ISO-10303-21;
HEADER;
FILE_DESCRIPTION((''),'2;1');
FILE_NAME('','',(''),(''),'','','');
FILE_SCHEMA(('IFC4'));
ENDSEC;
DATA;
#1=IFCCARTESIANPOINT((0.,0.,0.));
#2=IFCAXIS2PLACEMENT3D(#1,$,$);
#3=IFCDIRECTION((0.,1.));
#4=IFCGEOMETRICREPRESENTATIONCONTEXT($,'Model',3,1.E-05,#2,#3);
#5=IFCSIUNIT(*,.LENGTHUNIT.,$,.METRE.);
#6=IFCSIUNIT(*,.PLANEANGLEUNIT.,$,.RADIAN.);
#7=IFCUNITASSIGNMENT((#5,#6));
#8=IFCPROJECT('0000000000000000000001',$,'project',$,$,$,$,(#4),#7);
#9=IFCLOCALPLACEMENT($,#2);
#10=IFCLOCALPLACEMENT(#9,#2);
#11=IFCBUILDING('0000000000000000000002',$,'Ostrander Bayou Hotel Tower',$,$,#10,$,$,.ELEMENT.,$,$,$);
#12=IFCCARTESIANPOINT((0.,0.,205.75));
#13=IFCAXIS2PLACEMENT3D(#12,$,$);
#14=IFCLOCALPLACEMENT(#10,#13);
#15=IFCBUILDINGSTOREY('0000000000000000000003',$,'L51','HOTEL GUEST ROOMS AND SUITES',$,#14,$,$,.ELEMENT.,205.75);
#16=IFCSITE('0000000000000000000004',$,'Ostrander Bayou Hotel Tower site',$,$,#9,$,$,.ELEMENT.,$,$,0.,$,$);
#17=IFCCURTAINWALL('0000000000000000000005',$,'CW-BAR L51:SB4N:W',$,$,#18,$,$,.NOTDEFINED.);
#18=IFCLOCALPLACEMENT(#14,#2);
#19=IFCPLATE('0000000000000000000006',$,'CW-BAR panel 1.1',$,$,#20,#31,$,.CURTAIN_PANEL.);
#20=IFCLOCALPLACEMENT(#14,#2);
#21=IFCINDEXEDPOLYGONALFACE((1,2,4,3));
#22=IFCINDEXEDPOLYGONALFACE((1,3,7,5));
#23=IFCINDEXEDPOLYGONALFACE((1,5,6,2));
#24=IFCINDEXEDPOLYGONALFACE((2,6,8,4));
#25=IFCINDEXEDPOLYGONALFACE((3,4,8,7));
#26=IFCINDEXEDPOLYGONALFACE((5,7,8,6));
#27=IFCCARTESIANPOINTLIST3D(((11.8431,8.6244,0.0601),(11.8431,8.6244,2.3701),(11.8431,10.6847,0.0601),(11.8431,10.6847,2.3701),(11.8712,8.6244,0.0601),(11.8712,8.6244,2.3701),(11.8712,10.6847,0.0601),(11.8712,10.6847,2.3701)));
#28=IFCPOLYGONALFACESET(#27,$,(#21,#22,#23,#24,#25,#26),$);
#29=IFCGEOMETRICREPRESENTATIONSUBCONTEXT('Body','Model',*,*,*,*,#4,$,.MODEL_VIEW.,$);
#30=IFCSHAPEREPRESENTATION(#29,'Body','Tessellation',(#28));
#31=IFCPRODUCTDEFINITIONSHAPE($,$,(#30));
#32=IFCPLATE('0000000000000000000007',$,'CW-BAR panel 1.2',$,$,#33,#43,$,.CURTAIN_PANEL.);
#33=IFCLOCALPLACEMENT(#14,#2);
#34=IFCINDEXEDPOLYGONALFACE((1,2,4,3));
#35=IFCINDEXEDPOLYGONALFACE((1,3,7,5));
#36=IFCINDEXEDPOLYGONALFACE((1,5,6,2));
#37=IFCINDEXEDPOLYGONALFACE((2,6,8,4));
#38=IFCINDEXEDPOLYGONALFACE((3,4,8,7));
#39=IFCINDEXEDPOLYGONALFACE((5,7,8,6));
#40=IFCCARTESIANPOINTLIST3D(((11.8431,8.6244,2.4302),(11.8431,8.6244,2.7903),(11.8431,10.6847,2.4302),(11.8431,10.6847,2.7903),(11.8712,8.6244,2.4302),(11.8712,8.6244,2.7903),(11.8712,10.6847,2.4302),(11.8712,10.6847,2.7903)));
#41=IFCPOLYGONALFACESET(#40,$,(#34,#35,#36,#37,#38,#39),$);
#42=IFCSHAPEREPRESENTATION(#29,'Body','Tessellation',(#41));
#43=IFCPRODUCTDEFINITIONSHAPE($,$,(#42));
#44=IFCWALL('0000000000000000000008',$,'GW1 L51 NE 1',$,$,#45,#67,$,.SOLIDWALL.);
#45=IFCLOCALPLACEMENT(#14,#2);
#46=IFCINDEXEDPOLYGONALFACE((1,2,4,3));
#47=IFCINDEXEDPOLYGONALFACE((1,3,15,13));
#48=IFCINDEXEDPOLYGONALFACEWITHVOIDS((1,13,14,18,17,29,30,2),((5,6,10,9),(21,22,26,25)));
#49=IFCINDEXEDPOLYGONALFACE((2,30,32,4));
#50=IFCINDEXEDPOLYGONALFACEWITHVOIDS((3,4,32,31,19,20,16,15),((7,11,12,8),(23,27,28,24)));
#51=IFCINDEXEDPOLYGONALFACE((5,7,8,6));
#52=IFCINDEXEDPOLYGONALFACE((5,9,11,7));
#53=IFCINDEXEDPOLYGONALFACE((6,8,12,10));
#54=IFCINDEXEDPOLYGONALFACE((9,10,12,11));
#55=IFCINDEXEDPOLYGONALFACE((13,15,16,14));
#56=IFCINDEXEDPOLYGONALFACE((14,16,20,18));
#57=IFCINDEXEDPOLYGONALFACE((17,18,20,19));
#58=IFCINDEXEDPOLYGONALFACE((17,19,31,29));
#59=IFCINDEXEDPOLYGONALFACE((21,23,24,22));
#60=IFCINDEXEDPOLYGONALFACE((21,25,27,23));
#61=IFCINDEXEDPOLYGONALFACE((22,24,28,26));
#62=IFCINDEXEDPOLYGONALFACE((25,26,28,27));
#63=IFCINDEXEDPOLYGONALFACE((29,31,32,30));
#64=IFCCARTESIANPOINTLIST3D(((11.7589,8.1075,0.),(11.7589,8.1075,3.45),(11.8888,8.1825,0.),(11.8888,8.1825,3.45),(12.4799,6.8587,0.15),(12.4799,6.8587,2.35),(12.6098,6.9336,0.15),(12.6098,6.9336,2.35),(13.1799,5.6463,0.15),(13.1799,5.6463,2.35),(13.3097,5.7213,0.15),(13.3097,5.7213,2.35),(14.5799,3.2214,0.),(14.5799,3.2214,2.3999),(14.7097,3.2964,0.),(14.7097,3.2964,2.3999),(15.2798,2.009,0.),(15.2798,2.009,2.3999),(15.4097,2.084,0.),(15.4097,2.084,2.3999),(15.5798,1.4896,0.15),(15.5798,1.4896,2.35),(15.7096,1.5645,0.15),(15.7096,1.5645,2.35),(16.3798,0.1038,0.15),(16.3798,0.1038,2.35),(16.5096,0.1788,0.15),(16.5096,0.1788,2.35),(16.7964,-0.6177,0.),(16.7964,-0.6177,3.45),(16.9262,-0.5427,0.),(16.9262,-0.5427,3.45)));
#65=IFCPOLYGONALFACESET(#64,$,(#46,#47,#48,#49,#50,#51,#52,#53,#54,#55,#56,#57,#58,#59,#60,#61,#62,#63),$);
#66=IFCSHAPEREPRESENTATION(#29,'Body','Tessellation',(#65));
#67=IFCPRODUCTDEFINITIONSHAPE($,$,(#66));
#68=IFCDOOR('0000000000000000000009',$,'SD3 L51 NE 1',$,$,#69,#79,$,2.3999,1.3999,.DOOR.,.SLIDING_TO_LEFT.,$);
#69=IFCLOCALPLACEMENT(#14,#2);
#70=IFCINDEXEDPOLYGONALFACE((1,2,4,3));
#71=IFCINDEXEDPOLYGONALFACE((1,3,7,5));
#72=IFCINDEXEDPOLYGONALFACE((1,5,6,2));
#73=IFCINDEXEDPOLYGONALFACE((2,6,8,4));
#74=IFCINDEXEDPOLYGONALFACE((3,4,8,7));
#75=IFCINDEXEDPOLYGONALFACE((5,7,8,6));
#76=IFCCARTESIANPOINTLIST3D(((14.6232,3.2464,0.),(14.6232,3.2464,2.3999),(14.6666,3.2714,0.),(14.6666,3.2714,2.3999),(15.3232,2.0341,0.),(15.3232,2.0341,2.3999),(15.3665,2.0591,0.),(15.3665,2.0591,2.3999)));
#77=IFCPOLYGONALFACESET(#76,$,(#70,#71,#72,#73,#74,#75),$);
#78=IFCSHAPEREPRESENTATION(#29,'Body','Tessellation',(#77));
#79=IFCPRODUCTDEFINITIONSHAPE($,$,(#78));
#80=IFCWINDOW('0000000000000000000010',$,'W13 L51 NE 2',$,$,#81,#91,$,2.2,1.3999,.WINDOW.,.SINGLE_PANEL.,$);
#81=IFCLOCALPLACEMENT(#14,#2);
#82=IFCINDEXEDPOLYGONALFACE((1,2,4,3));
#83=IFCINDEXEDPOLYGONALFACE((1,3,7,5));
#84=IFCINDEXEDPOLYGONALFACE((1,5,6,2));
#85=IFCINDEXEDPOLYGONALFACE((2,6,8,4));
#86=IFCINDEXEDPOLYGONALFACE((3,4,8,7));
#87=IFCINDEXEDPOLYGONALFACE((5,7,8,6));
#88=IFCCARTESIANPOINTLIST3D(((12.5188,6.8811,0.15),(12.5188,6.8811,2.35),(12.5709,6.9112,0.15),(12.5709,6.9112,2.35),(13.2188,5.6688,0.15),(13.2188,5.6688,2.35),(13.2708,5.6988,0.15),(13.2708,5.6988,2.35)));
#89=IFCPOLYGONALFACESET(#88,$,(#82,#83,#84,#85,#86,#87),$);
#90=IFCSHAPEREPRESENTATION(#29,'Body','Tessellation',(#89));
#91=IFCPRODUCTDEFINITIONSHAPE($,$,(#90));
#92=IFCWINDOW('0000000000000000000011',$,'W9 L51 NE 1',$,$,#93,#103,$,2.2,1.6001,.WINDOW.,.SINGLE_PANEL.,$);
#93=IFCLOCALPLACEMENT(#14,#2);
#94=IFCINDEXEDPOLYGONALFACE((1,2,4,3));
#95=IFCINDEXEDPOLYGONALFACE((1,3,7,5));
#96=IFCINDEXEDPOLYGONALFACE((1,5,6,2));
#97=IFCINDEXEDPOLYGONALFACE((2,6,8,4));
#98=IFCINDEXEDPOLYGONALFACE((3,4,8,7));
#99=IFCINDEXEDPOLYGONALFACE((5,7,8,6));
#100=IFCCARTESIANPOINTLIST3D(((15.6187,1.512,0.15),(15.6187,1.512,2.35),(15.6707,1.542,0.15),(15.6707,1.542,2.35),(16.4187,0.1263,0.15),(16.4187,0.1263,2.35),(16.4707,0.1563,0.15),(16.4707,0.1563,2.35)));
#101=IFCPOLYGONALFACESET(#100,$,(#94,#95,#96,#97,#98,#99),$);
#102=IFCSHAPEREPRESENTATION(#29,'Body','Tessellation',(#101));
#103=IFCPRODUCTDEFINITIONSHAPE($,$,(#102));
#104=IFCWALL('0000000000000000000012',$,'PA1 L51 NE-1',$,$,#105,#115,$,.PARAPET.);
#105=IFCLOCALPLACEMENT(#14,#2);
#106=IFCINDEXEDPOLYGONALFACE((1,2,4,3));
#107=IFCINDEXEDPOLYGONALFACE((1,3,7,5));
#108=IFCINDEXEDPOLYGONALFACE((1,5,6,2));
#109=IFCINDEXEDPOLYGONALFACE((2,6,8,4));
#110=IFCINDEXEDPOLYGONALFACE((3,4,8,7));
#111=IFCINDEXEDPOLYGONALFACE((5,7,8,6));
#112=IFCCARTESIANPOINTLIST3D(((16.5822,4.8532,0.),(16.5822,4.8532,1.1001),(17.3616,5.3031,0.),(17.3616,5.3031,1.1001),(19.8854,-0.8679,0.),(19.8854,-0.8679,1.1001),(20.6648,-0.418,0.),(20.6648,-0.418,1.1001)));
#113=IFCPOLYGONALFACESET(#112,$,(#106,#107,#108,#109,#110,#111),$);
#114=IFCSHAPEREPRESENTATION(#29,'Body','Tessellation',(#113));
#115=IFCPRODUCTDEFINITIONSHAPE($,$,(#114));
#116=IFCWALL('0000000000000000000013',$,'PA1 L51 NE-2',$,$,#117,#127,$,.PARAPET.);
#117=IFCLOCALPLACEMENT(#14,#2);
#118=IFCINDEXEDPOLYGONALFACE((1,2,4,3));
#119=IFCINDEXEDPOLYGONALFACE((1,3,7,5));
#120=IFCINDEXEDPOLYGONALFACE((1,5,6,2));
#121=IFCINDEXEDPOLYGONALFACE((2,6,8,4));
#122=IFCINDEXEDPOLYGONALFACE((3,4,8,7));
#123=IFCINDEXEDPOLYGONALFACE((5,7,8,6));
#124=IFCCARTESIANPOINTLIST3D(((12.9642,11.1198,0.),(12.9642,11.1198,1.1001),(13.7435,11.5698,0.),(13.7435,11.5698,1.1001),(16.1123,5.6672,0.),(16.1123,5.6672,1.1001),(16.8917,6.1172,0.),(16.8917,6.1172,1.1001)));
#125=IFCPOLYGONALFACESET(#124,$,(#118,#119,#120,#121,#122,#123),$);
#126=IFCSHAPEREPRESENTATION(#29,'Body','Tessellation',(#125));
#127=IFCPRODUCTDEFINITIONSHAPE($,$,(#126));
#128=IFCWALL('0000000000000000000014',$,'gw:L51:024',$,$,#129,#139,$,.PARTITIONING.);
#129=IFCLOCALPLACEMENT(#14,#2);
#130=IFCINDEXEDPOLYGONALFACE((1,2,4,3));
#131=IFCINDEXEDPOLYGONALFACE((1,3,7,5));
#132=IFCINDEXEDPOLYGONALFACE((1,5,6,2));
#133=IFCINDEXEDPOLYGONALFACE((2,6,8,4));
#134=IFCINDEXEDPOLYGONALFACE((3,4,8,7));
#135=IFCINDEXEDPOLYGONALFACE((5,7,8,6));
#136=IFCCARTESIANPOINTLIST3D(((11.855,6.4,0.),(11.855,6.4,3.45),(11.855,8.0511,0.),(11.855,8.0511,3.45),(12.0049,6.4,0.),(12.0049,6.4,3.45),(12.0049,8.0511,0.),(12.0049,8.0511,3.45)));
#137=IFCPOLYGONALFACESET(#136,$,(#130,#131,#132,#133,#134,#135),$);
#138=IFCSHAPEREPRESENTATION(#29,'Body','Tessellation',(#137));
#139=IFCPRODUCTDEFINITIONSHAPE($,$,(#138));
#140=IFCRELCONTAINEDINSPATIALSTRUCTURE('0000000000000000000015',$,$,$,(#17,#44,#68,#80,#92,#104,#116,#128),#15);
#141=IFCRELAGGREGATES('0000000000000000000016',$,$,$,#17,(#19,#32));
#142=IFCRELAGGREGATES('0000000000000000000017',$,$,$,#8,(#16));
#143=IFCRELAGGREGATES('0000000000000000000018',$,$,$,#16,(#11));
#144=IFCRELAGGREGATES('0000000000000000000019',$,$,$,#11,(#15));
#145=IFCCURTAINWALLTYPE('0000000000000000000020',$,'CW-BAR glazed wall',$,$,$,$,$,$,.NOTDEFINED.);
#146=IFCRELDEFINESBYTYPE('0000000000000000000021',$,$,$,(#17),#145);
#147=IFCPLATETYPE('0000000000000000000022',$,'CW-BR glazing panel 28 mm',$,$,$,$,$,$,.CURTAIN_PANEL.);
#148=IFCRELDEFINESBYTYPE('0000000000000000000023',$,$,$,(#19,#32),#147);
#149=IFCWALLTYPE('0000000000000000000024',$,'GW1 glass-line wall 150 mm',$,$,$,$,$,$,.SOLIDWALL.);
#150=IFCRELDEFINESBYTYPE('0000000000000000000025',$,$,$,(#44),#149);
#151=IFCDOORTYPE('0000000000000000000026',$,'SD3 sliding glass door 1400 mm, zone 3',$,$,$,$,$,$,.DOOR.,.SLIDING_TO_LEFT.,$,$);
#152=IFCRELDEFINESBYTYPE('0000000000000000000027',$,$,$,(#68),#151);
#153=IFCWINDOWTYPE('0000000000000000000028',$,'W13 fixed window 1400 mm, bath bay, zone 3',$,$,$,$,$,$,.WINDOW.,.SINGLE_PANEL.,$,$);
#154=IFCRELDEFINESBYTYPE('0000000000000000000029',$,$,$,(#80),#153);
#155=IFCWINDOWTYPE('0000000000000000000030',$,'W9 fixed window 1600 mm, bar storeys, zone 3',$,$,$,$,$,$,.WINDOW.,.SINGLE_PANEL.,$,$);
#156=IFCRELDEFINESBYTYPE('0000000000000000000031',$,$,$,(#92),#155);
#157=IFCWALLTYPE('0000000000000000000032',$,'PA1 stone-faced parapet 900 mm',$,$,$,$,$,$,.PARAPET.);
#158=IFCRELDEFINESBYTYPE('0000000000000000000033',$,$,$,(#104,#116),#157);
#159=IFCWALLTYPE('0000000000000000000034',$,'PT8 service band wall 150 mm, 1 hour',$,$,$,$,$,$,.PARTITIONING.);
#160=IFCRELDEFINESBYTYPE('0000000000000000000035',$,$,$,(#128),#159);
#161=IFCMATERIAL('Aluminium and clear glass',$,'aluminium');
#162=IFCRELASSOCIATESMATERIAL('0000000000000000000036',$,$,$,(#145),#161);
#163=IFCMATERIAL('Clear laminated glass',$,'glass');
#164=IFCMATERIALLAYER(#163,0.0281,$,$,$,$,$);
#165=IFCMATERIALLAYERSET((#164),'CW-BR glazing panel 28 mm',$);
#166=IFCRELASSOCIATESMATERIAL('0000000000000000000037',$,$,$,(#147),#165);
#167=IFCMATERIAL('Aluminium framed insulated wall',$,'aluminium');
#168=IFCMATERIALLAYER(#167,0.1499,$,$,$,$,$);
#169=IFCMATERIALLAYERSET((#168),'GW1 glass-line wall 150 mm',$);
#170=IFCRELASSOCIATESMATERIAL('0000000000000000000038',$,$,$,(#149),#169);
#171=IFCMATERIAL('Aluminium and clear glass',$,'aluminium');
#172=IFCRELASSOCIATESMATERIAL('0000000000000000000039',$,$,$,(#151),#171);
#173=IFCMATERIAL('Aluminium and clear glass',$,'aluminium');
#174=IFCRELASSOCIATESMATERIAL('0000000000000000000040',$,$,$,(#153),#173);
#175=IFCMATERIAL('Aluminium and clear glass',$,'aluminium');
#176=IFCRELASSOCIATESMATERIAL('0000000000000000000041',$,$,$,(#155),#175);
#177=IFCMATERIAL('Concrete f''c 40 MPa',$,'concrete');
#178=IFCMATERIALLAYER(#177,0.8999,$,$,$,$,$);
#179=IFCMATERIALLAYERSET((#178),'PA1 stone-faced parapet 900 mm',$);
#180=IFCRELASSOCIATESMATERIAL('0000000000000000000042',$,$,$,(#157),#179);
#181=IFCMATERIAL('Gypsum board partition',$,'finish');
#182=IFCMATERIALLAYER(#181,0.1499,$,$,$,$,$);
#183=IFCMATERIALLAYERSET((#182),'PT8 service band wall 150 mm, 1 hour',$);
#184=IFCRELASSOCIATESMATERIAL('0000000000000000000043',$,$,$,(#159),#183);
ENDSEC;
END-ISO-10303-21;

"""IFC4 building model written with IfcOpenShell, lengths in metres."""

from ifc_helpers import new_model, si_unit, direction, frame, frame_2d, origin, origin_2d, place, context, subcontext, project, spatial, rectangle, extrude, material, layer, layer_set, type_object, element, fill, aggregate, save


model = new_model("IFC4")

# Units and contexts
model_context = context("Model", 3, precision=1e-05, world=origin(), true_north=direction((0.0, 1.0)))
body_context = subcontext(model_context, "Body", "Model", "MODEL_VIEW")
ifc_project = project(units=[si_unit("LENGTHUNIT", "METRE"), si_unit("PLANEANGLEUNIT", "RADIAN")], contexts=[model_context])

# Site, building, storey
site_placement = place(None, origin())
site = spatial("IfcSite", under=ifc_project, at=site_placement, Name="Ostrander Bayou Hotel Tower site", CompositionType="ELEMENT", RefElevation=0.0)
building_placement = place(site_placement, origin())
building = spatial("IfcBuilding", under=site, at=building_placement, Name="Ostrander Bayou Hotel Tower", CompositionType="ELEMENT")
storey_placement = place(building_placement, frame((0.0, 0.0, 205.75)))
storey = spatial("IfcBuildingStorey", under=building, at=storey_placement, Name="L51", Description="HOTEL GUEST ROOMS AND SUITES", CompositionType="ELEMENT", Elevation=205.75)

# Curtain wall
ifc_material_1 = material(Name="Aluminium and clear glass", Category="aluminium")
curtain_wall_type = type_object("IfcCurtainWallType", Name="CW-BAR glazed wall", PredefinedType="NOTDEFINED", material=ifc_material_1)
curtain_wall_placement = place(storey_placement, origin())
curtain_wall = element("IfcCurtainWall", 1, at=curtain_wall_placement, inside=storey, type_object=curtain_wall_type, Name="CW-BAR L51:SB4N:W", PredefinedType="NOTDEFINED")

# Plates
ifc_material_2 = material(Name="Clear laminated glass", Category="glass")
ifc_layer_1 = layer(ifc_material_2, 0.0281)
ifc_layer_set_1 = layer_set([ifc_layer_1], Name="CW-BR glazing panel 28 mm")
plate_type = type_object("IfcPlateType", Name="CW-BR glazing panel 28 mm", PredefinedType="CURTAIN_PANEL", material=ifc_layer_set_1)
plate_1_placement = place(storey_placement, frame((11.8572, 9.6545, 0.0601), z_axis=(0.0, 0.0, 1.0), x_axis=(0.0, 1.0, 0.0)))
plate_1 = element("IfcPlate", 2, at=plate_1_placement, type_object=plate_type, Name="CW-BAR panel 1.1", PredefinedType="CURTAIN_PANEL", context=body_context, shape_type="SweptSolid", body=[
    extrude(rectangle(XDim=2.0603, YDim=0.0281, at=origin_2d()), origin(), (0.0, 0.0, 1.0), 2.3101),
])
plate_2_placement = place(storey_placement, frame((11.8572, 9.6545, 2.4302), z_axis=(0.0, 0.0, 1.0), x_axis=(0.0, 1.0, 0.0)))
plate_2 = element("IfcPlate", 3, at=plate_2_placement, type_object=plate_type, Name="CW-BAR panel 1.2", PredefinedType="CURTAIN_PANEL", context=body_context, shape_type="SweptSolid", body=[
    extrude(rectangle(XDim=2.0603, YDim=0.0281, at=origin_2d()), origin(), (0.0, 0.0, 1.0), 0.3601),
])
aggregate(curtain_wall, [plate_1, plate_2])

# Wall, openings, door, windows
ifc_material_3 = material(Name="Aluminium framed insulated wall", Category="aluminium")
ifc_layer_2 = layer(ifc_material_3, 0.1499)
ifc_layer_set_2 = layer_set([ifc_layer_2], Name="GW1 glass-line wall 150 mm")
wall_type_1 = type_object("IfcWallType", Name="GW1 glass-line wall 150 mm", PredefinedType="SOLIDWALL", material=ifc_layer_set_2)
wall_1_placement = place(storey_placement, frame((16.8613, -0.5803, 0.0), z_axis=(0.0, 0.0, 1.0), x_axis=(-0.499994, 0.866029, 0.0)))
wall_1 = element("IfcWall", 4, at=wall_1_placement, inside=storey, type_object=wall_type_1, Name="GW1 L51 NE 1", PredefinedType="SOLIDWALL", context=body_context, shape_type="SweptSolid", body=[
    extrude(rectangle(XDim=10.075, YDim=0.1499, at=frame_2d((5.0376, 0.0))), origin(), (0.0, 0.0, 1.0), 3.45),
])
opening_1_placement = place(wall_1_placement, frame((0.8333, 0.0, 0.1499)))
opening_1 = element("IfcOpeningElement", 5, at=opening_1_placement, cuts=wall_1, PredefinedType="OPENING", context=body_context, shape_type="SweptSolid", body=[
    extrude(rectangle(XDim=1.6001, YDim=2.2, at=frame_2d((0.8, 1.1001))), frame((0.0, 0.075, 0.0), z_axis=(0.0, -1.0, 0.0), x_axis=(1.0, 0.0, 0.0)), (0.0, 0.0, 1.0), 0.1499),
])
opening_2_placement = place(wall_1_placement, frame((3.0332, 0.0, 0.0)))
opening_2 = element("IfcOpeningElement", 6, at=opening_2_placement, cuts=wall_1, PredefinedType="OPENING", context=body_context, shape_type="SweptSolid", body=[
    extrude(rectangle(XDim=1.3999, YDim=2.3999, at=frame_2d((0.7, 1.2))), frame((0.0, 0.075, 0.0), z_axis=(0.0, -1.0, 0.0), x_axis=(1.0, 0.0, 0.0)), (0.0, 0.0, 1.0), 0.1499),
])
opening_3_placement = place(wall_1_placement, frame((7.2332, 0.0, 0.1499)))
opening_3 = element("IfcOpeningElement", 7, at=opening_3_placement, cuts=wall_1, PredefinedType="OPENING", context=body_context, shape_type="SweptSolid", body=[
    extrude(rectangle(XDim=1.3999, YDim=2.2, at=frame_2d((0.7, 1.1001))), frame((0.0, 0.075, 0.0), z_axis=(0.0, -1.0, 0.0), x_axis=(1.0, 0.0, 0.0)), (0.0, 0.0, 1.0), 0.1499),
])
ifc_material_4 = material(Name="Aluminium and clear glass", Category="aluminium")
door_type = type_object("IfcDoorType", Name="SD3 sliding glass door 1400 mm, zone 3", OperationType="SLIDING_TO_LEFT", PredefinedType="DOOR", material=ifc_material_4)
door_placement = place(opening_2_placement, origin())
door = element("IfcDoor", 8, at=door_placement, inside=storey, type_object=door_type, Name="SD3 L51 NE 1", OperationType="SLIDING_TO_LEFT", OverallHeight=2.3999, OverallWidth=1.3999, PredefinedType="DOOR", context=body_context, shape_type="SweptSolid", body=[
    extrude(rectangle(XDim=1.3999, YDim=2.3999, at=frame_2d((0.7, 1.2))), frame((0.0, 0.0249, 0.0), z_axis=(0.0, -1.0, 0.0), x_axis=(1.0, 0.0, 0.0)), (0.0, 0.0, 1.0), 0.05),
])
fill(opening_2, door)
ifc_material_5 = material(Name="Aluminium and clear glass", Category="aluminium")
window_type_1 = type_object("IfcWindowType", Name="W13 fixed window 1400 mm, bath bay, zone 3", PartitioningType="SINGLE_PANEL", PredefinedType="WINDOW", material=ifc_material_5)
window_1_placement = place(opening_3_placement, origin())
window_1 = element("IfcWindow", 9, at=window_1_placement, inside=storey, type_object=window_type_1, Name="W13 L51 NE 2", OverallHeight=2.2, OverallWidth=1.3999, PartitioningType="SINGLE_PANEL", PredefinedType="WINDOW", context=body_context, shape_type="SweptSolid", body=[
    extrude(rectangle(XDim=1.3999, YDim=2.2, at=frame_2d((0.7, 1.1001))), frame((0.0, 0.03, 0.0), z_axis=(0.0, -1.0, 0.0), x_axis=(1.0, 0.0, 0.0)), (0.0, 0.0, 1.0), 0.0601),
])
fill(opening_3, window_1)
ifc_material_6 = material(Name="Aluminium and clear glass", Category="aluminium")
window_type_2 = type_object("IfcWindowType", Name="W9 fixed window 1600 mm, bar storeys, zone 3", PartitioningType="SINGLE_PANEL", PredefinedType="WINDOW", material=ifc_material_6)
window_2_placement = place(opening_1_placement, origin())
window_2 = element("IfcWindow", 10, at=window_2_placement, inside=storey, type_object=window_type_2, Name="W9 L51 NE 1", OverallHeight=2.2, OverallWidth=1.6001, PartitioningType="SINGLE_PANEL", PredefinedType="WINDOW", context=body_context, shape_type="SweptSolid", body=[
    extrude(rectangle(XDim=1.6001, YDim=2.2, at=frame_2d((0.8, 1.1001))), frame((0.0, 0.03, 0.0), z_axis=(0.0, -1.0, 0.0), x_axis=(1.0, 0.0, 0.0)), (0.0, 0.0, 1.0), 0.0601),
])
fill(opening_1, window_2)

# Walls
ifc_material_7 = material(Name="Concrete f'c 40 MPa", Category="concrete")
ifc_layer_3 = layer(ifc_material_7, 0.8999)
ifc_layer_set_3 = layer_set([ifc_layer_3], Name="PA1 stone-faced parapet 900 mm")
wall_type_2 = type_object("IfcWallType", Name="PA1 stone-faced parapet 900 mm", PredefinedType="PARAPET", material=ifc_layer_set_3)
wall_2_placement = place(storey_placement, frame((20.2751, -0.6431, 0.0), z_axis=(0.0, 0.0, 1.0), x_axis=(-0.50001, 0.866019, 0.0)))
element("IfcWall", 11, at=wall_2_placement, inside=storey, type_object=wall_type_2, Name="PA1 L51 NE-1", PredefinedType="PARAPET", context=body_context, shape_type="SweptSolid", body=[
    extrude(rectangle(XDim=6.6062, YDim=0.8999, at=frame_2d((3.3032, 0.0))), origin(), (0.0, 0.0, 1.0), 1.1001),
])
wall_3_placement = place(storey_placement, frame((16.502, 5.8923, 0.0), z_axis=(0.0, 0.0, 1.0), x_axis=(-0.500013, 0.866018, 0.0)))
element("IfcWall", 12, at=wall_3_placement, inside=storey, type_object=wall_type_2, Name="PA1 L51 NE-2", PredefinedType="PARAPET", context=body_context, shape_type="SweptSolid", body=[
    extrude(rectangle(XDim=6.2961, YDim=0.8999, at=frame_2d((3.1479, 0.0))), origin(), (0.0, 0.0, 1.0), 1.1001),
])
ifc_material_8 = material(Name="Gypsum board partition", Category="finish")
ifc_layer_4 = layer(ifc_material_8, 0.1499)
ifc_layer_set_4 = layer_set([ifc_layer_4], Name="PT8 service band wall 150 mm, 1 hour")
wall_type_3 = type_object("IfcWallType", Name="PT8 service band wall 150 mm, 1 hour", PredefinedType="PARTITIONING", material=ifc_layer_set_4)
wall_4_placement = place(storey_placement, frame((11.9299, 6.3999, 0.0), z_axis=(0.0, 0.0, 1.0), x_axis=(0.0, 1.0, 0.0)))
element("IfcWall", 13, at=wall_4_placement, inside=storey, type_object=wall_type_3, Name="gw:L51:024", PredefinedType="PARTITIONING", context=body_context, shape_type="SweptSolid", body=[
    extrude(rectangle(XDim=1.6511, YDim=0.1499, at=frame_2d((0.8257, 0.0))), origin(), (0.0, 0.0, 1.0), 3.45),
])

save(model, "model.ifc")
